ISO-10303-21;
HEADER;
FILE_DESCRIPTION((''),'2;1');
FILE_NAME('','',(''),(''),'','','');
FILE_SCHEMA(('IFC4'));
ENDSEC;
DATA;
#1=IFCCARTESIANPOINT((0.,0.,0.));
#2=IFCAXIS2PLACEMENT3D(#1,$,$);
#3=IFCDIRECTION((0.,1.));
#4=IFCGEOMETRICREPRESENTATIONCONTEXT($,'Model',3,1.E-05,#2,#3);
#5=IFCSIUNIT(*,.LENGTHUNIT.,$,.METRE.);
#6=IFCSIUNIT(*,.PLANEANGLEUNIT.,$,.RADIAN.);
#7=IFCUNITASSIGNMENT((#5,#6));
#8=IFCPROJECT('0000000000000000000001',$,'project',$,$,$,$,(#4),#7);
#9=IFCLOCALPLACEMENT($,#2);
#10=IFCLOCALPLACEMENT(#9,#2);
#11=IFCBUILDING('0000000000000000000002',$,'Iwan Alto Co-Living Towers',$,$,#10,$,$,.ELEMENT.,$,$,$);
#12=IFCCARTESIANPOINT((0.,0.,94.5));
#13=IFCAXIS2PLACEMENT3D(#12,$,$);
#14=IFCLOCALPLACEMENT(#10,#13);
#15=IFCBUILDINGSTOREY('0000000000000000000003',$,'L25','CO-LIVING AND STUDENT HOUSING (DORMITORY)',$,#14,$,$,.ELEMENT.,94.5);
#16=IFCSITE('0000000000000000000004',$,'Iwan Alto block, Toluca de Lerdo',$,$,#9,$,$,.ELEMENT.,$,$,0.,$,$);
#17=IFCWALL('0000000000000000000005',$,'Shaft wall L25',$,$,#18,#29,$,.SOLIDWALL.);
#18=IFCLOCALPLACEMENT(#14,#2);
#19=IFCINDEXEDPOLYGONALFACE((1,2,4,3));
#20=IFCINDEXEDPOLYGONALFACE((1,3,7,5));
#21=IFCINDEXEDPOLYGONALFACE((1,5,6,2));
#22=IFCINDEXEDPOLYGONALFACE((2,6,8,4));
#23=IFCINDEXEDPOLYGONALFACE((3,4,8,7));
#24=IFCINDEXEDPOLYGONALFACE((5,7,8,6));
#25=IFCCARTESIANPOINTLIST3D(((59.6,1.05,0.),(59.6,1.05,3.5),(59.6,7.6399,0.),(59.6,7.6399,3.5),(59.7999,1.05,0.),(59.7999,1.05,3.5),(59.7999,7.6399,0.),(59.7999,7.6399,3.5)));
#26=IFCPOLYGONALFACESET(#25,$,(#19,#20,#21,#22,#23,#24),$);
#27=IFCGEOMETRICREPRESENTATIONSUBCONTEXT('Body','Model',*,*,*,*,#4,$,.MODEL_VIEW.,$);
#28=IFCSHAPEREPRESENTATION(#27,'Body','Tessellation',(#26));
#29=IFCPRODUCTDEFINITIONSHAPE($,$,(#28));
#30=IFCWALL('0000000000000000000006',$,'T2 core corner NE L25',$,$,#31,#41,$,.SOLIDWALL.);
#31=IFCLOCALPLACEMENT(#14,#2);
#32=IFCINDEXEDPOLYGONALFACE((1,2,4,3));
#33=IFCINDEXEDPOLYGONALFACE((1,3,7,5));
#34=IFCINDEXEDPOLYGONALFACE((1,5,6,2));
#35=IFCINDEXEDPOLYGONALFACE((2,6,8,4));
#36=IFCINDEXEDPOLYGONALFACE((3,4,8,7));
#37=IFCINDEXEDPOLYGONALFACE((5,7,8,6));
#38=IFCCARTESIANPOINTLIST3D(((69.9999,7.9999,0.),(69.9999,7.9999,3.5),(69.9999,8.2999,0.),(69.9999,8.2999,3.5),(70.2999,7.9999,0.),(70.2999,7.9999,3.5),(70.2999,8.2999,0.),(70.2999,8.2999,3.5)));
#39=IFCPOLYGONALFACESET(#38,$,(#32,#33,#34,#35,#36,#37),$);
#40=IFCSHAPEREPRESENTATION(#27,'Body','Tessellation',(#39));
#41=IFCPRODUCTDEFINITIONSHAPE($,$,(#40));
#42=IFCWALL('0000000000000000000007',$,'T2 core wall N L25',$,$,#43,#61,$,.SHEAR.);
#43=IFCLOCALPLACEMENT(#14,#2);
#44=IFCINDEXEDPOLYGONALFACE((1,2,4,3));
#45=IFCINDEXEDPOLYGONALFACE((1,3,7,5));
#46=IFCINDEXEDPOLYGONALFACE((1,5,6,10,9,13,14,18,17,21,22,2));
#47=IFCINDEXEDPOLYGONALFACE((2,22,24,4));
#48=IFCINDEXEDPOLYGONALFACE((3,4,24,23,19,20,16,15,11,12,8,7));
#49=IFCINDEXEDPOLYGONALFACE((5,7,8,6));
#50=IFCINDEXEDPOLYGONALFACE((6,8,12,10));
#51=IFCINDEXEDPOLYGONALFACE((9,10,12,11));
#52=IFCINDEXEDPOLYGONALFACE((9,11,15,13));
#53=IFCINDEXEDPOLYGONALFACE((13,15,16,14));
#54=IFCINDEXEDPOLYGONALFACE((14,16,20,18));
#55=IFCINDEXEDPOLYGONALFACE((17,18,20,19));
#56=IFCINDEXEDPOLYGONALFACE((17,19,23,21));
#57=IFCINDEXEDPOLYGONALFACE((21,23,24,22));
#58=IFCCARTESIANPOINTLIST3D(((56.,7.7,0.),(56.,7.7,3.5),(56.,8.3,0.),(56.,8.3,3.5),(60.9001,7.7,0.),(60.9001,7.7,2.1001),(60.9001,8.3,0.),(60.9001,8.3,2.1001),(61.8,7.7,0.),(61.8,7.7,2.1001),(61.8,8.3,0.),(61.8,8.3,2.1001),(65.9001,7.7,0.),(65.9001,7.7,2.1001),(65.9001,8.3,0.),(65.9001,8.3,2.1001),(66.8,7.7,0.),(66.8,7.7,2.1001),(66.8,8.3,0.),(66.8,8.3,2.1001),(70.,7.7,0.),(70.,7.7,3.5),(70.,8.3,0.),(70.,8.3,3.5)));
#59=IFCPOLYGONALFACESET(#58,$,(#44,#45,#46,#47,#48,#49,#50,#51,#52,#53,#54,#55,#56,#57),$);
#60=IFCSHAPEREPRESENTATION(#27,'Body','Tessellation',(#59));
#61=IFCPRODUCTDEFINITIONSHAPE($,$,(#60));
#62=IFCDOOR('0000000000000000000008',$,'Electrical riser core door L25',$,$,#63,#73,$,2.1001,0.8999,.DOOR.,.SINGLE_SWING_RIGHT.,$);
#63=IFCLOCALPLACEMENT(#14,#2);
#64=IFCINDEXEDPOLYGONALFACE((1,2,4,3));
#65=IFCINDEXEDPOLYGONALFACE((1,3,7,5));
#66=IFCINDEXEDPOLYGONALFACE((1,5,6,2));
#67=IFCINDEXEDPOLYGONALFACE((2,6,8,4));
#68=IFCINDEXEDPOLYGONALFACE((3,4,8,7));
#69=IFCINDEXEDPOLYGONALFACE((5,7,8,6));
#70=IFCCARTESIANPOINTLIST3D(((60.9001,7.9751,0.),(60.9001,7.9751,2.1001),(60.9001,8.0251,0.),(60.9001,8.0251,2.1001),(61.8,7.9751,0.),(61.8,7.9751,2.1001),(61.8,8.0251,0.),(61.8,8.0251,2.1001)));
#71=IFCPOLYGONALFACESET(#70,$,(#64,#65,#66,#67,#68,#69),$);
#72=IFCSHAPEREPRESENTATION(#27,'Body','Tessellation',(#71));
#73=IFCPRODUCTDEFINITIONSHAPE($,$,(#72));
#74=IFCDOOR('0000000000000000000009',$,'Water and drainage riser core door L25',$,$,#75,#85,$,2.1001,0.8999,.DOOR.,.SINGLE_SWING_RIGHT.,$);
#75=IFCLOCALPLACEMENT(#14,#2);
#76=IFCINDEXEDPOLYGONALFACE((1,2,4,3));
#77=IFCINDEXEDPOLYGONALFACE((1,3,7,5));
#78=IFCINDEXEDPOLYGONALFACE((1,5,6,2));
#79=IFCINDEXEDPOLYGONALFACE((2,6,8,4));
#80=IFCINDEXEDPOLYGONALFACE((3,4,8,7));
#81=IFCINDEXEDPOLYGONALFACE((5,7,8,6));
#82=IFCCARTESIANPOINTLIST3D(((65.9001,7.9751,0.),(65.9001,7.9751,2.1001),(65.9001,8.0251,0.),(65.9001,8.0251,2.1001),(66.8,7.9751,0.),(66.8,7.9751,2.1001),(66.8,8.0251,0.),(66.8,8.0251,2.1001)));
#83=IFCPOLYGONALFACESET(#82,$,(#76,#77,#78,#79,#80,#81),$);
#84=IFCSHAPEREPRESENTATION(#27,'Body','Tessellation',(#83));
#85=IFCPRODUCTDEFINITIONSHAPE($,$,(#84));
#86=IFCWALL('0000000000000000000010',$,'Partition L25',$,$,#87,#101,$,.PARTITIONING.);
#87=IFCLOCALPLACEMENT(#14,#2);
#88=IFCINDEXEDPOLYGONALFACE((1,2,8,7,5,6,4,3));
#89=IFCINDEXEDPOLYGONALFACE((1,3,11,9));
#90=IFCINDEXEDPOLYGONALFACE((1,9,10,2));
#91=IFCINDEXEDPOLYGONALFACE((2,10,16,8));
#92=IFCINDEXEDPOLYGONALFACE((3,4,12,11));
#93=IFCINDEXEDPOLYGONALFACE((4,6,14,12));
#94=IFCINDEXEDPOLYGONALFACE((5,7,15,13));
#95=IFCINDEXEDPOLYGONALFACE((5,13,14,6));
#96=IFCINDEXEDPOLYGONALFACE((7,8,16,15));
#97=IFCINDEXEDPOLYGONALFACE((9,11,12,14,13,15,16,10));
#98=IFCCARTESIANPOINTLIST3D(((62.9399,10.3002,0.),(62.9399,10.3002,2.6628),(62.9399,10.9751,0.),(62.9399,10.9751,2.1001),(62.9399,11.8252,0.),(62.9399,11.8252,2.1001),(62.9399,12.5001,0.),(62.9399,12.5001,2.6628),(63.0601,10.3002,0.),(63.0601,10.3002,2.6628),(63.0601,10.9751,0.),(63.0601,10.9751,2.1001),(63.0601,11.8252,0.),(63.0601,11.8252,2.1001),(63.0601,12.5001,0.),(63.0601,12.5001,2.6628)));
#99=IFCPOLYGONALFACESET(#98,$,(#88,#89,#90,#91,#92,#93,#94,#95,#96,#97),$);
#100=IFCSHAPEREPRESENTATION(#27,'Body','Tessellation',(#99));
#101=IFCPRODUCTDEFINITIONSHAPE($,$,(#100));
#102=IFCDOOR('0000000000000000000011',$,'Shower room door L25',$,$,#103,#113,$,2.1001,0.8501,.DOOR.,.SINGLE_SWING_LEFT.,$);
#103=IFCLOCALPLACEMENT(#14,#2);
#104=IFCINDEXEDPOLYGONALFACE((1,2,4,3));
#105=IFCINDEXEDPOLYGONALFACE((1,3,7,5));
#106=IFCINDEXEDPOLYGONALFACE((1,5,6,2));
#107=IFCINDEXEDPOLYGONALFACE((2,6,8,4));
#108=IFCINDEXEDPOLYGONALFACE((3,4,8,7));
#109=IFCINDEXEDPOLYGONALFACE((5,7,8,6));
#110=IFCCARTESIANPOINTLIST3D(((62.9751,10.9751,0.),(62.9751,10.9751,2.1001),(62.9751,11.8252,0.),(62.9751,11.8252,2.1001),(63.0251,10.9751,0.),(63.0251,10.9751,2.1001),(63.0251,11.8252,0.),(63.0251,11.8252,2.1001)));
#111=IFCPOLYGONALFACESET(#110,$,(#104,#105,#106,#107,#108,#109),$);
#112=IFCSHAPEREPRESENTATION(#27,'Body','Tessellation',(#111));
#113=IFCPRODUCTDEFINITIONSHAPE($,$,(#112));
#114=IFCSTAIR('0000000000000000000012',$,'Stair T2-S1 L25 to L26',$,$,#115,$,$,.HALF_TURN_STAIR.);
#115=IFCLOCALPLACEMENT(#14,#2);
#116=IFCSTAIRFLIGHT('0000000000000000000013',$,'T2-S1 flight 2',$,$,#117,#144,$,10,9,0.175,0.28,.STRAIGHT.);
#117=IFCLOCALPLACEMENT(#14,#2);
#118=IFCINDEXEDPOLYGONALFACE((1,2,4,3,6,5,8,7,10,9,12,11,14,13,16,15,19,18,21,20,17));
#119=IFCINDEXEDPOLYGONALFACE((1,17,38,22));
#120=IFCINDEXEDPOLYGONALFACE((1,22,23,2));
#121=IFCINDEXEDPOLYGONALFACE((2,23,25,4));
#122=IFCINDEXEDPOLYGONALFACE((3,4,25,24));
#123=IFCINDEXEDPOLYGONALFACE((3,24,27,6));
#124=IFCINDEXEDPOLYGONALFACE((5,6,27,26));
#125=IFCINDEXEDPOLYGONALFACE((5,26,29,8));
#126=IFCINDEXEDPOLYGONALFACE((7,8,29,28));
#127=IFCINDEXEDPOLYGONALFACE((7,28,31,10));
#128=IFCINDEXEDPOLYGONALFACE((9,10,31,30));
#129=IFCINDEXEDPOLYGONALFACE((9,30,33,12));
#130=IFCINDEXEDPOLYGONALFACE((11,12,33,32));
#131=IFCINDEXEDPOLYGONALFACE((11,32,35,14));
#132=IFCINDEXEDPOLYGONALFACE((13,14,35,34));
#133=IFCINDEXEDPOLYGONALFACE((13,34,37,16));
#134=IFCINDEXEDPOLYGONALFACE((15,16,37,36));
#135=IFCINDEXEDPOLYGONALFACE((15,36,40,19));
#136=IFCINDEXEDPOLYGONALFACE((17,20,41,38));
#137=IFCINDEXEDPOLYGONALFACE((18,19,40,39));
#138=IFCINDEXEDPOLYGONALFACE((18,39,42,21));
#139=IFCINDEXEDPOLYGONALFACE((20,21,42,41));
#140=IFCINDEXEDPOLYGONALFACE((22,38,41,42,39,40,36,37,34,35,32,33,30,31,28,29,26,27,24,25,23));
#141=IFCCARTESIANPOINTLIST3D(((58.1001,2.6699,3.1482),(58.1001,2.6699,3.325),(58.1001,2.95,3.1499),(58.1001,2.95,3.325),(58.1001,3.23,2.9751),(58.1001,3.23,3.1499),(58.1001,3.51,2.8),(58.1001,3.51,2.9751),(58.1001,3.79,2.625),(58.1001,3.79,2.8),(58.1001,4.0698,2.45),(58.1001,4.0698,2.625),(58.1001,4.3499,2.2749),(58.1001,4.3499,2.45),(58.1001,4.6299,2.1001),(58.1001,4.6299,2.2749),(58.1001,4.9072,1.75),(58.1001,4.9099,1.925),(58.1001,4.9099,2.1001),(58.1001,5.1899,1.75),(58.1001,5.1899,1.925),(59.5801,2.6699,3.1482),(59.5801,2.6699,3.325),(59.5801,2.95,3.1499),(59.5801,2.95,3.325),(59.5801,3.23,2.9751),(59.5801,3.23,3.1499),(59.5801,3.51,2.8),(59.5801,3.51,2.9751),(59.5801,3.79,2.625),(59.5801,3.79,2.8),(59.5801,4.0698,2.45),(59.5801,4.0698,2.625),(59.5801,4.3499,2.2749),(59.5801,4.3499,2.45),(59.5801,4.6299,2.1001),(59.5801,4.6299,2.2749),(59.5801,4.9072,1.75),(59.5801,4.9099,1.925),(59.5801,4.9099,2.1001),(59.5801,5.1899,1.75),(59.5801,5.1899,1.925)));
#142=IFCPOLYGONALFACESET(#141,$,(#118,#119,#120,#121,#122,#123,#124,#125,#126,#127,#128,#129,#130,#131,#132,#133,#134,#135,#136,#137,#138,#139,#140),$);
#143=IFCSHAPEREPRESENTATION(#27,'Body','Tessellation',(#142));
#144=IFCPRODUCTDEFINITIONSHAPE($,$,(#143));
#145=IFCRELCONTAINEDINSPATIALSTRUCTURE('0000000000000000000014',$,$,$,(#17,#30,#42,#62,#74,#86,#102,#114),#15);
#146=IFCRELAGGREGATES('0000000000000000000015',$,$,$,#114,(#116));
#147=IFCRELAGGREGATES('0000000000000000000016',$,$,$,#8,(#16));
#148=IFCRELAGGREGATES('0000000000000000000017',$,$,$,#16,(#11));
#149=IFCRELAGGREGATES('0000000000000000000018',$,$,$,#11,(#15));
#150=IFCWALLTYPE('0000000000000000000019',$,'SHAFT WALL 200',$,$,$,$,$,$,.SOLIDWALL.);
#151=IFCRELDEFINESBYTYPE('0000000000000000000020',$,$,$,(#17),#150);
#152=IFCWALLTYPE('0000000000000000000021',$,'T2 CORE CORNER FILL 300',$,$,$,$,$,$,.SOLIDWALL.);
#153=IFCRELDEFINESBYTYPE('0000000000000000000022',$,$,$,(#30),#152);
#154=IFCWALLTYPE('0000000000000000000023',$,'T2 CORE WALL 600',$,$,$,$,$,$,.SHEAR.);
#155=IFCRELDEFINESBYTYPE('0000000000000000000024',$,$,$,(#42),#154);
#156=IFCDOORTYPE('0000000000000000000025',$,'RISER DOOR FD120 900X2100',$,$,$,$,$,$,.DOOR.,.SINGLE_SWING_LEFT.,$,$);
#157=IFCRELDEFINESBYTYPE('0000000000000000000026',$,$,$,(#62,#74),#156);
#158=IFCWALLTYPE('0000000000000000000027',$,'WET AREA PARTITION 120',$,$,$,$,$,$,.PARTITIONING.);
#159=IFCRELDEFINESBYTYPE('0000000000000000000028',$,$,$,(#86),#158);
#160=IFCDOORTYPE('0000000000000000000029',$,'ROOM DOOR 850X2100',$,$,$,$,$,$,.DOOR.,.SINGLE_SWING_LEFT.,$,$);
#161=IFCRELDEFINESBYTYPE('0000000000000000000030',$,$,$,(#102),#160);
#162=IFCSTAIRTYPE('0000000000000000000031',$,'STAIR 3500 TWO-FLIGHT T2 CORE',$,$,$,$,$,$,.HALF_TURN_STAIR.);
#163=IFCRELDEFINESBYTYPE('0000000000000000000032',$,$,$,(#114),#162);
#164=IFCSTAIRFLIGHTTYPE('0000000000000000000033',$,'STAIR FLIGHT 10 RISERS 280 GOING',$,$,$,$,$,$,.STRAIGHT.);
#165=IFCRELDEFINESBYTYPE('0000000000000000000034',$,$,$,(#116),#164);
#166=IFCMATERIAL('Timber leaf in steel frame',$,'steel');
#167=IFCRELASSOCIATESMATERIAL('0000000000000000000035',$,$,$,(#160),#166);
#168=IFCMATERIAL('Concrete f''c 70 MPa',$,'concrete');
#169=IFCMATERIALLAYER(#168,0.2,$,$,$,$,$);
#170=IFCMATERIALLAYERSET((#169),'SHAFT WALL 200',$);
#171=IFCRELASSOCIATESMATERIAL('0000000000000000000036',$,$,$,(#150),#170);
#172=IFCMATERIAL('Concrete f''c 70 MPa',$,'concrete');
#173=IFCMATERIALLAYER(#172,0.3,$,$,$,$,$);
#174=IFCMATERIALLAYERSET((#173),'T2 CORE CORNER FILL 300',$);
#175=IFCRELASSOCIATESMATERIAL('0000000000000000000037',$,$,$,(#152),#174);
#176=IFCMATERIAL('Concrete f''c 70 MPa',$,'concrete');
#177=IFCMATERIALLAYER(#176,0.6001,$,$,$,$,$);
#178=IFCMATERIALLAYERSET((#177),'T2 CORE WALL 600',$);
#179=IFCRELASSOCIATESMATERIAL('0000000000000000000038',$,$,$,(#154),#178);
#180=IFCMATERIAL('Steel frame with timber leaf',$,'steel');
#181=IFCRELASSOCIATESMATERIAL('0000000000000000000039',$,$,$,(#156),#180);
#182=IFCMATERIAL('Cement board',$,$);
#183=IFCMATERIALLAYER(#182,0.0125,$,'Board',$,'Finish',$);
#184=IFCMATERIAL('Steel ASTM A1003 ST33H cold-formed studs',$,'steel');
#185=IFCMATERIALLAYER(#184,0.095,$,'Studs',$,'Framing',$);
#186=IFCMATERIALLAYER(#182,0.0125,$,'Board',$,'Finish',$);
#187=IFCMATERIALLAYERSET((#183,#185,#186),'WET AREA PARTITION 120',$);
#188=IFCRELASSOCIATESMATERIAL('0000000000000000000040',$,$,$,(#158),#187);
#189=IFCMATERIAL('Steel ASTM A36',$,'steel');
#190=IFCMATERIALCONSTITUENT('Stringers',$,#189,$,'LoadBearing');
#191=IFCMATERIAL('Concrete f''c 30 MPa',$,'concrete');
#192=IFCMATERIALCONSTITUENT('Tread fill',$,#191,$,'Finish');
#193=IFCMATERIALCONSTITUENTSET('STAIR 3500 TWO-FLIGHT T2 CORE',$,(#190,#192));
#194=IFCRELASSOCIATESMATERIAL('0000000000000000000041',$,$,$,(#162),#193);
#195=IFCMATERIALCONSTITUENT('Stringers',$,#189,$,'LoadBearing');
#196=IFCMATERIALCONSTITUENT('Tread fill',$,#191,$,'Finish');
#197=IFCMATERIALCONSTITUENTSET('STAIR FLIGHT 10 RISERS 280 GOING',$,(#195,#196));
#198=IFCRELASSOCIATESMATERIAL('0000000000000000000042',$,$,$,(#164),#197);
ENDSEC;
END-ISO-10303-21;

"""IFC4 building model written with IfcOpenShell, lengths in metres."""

from ifc_helpers import new_model, si_unit, direction, frame, frame_2d, origin, place, context, subcontext, project, spatial, polyline, rectangle, outline, extrude, material, layer, layer_set, constituent, constituent_set, type_object, element, fill, aggregate, save


model = new_model("IFC4")

# Units and contexts
model_context = context("Model", 3, precision=1e-05, world=origin(), true_north=direction((0.0, 1.0)))
body_context = subcontext(model_context, "Body", "Model", "MODEL_VIEW")
ifc_project = project(units=[si_unit("LENGTHUNIT", "METRE"), si_unit("PLANEANGLEUNIT", "RADIAN")], contexts=[model_context])

# Site, building, storey
site_placement = place(None, origin())
site = spatial("IfcSite", under=ifc_project, at=site_placement, Name="Iwan Alto block, Toluca de Lerdo", CompositionType="ELEMENT", RefElevation=0.0)
building_placement = place(site_placement, origin())
building = spatial("IfcBuilding", under=site, at=building_placement, Name="Iwan Alto Co-Living Towers", CompositionType="ELEMENT")
storey_placement = place(building_placement, frame((0.0, 0.0, 94.5)))
storey = spatial("IfcBuildingStorey", under=building, at=storey_placement, Name="L25", Description="CO-LIVING AND STUDENT HOUSING (DORMITORY)", CompositionType="ELEMENT", Elevation=94.5)

# Shared definitions
ifc_material_1 = material(Name="Steel ASTM A1003 ST33H cold-formed studs", Category="steel")
ifc_material_2 = material(Name="Timber leaf in steel frame", Category="steel")
door_type_1 = type_object("IfcDoorType", Name="ROOM DOOR 850X2100", OperationType="SINGLE_SWING_LEFT", PredefinedType="DOOR", material=ifc_material_2)

# Walls
ifc_material_3 = material(Name="Concrete f'c 70 MPa", Category="concrete")
ifc_layer_1 = layer(ifc_material_3, 0.2)
ifc_layer_set_1 = layer_set([ifc_layer_1], Name="SHAFT WALL 200")
wall_type_1 = type_object("IfcWallType", Name="SHAFT WALL 200", PredefinedType="SOLIDWALL", material=ifc_layer_set_1)
wall_1_placement = place(storey_placement, frame((59.7, 1.05, 0.0), z_axis=(0.0, 0.0, 1.0), x_axis=(0.0, 1.0, 0.0)))
element("IfcWall", 1, at=wall_1_placement, inside=storey, type_object=wall_type_1, Name="Shaft wall L25", PredefinedType="SOLIDWALL", context=body_context, shape_type="SweptSolid", body=[
    extrude(rectangle(XDim=6.5898, YDim=0.2, at=frame_2d((3.2949, 0.0))), origin(), (0.0, 0.0, 1.0), 3.5),
])
ifc_material_4 = material(Name="Concrete f'c 70 MPa", Category="concrete")
ifc_layer_2 = layer(ifc_material_4, 0.3)
ifc_layer_set_2 = layer_set([ifc_layer_2], Name="T2 CORE CORNER FILL 300")
wall_type_2 = type_object("IfcWallType", Name="T2 CORE CORNER FILL 300", PredefinedType="SOLIDWALL", material=ifc_layer_set_2)
wall_2_placement = place(storey_placement, frame((70.0, 8.1499, 0.0), z_axis=(0.0, 0.0, 1.0), x_axis=(1.0, 0.0, 0.0)))
element("IfcWall", 2, at=wall_2_placement, inside=storey, type_object=wall_type_2, Name="T2 core corner NE L25", PredefinedType="SOLIDWALL", context=body_context, shape_type="SweptSolid", body=[
    extrude(rectangle(XDim=0.3, YDim=0.3, at=frame_2d((0.1499, 0.0))), origin(), (0.0, 0.0, 1.0), 3.5),
])

# Wall, openings, doors
ifc_material_5 = material(Name="Concrete f'c 70 MPa", Category="concrete")
ifc_layer_3 = layer(ifc_material_5, 0.6001)
ifc_layer_set_3 = layer_set([ifc_layer_3], Name="T2 CORE WALL 600")
wall_type_3 = type_object("IfcWallType", Name="T2 CORE WALL 600", PredefinedType="SHEAR", material=ifc_layer_set_3)
wall_3_placement = place(storey_placement, frame((70.0, 8.0, 0.0), z_axis=(0.0, 0.0, 1.0), x_axis=(-1.0, 0.0, 0.0)))
wall_3 = element("IfcWall", 3, at=wall_3_placement, inside=storey, type_object=wall_type_3, Name="T2 core wall N L25", PredefinedType="SHEAR", context=body_context, shape_type="SweptSolid", body=[
    extrude(rectangle(XDim=14.0, YDim=0.6001, at=frame_2d((7.0, 0.0))), origin(), (0.0, 0.0, 1.0), 3.5),
])
opening_1_placement = place(wall_3_placement, frame((8.2, 0.0, 0.0)))
opening_1 = element("IfcOpeningElement", 4, at=opening_1_placement, cuts=wall_3, PredefinedType="OPENING", context=body_context, shape_type="SweptSolid", body=[
    extrude(rectangle(XDim=0.8999, YDim=2.1001, at=frame_2d((0.45, 1.05))), frame((0.0, 0.3101, 0.0), z_axis=(0.0, -1.0, 0.0), x_axis=(1.0, 0.0, 0.0)), (0.0, 0.0, 1.0), 0.6201),
])
opening_2_placement = place(wall_3_placement, frame((3.2, 0.0, 0.0)))
opening_2 = element("IfcOpeningElement", 5, at=opening_2_placement, cuts=wall_3, PredefinedType="OPENING", context=body_context, shape_type="SweptSolid", body=[
    extrude(rectangle(XDim=0.8999, YDim=2.1001, at=frame_2d((0.45, 1.05))), frame((0.0, 0.3101, 0.0), z_axis=(0.0, -1.0, 0.0), x_axis=(1.0, 0.0, 0.0)), (0.0, 0.0, 1.0), 0.6201),
])
ifc_material_6 = material(Name="Steel frame with timber leaf", Category="steel")
door_type_2 = type_object("IfcDoorType", Name="RISER DOOR FD120 900X2100", OperationType="SINGLE_SWING_LEFT", PredefinedType="DOOR", material=ifc_material_6)
door_1_placement = place(opening_1_placement, origin())
door_1 = element("IfcDoor", 6, at=door_1_placement, inside=storey, type_object=door_type_2, Name="Electrical riser core door L25", OperationType="SINGLE_SWING_RIGHT", OverallHeight=2.1001, OverallWidth=0.8999, PredefinedType="DOOR", context=body_context, shape_type="SweptSolid", body=[
    extrude(rectangle(XDim=0.8999, YDim=2.1001, at=frame_2d((0.45, 1.05))), frame((0.0, 0.0249, 0.0), z_axis=(0.0, -1.0, 0.0), x_axis=(1.0, 0.0, 0.0)), (0.0, 0.0, 1.0), 0.05),
])
fill(opening_1, door_1)
door_2_placement = place(opening_2_placement, origin())
door_2 = element("IfcDoor", 7, at=door_2_placement, inside=storey, type_object=door_type_2, Name="Water and drainage riser core door L25", OperationType="SINGLE_SWING_RIGHT", OverallHeight=2.1001, OverallWidth=0.8999, PredefinedType="DOOR", context=body_context, shape_type="SweptSolid", body=[
    extrude(rectangle(XDim=0.8999, YDim=2.1001, at=frame_2d((0.45, 1.05))), frame((0.0, 0.0249, 0.0), z_axis=(0.0, -1.0, 0.0), x_axis=(1.0, 0.0, 0.0)), (0.0, 0.0, 1.0), 0.05),
])
fill(opening_2, door_2)

# Wall, opening, door
ifc_material_7 = material(Name="Cement board")
ifc_layer_4 = layer(ifc_material_7, 0.0125, Name="Board", Category="Finish")
ifc_layer_5 = layer(ifc_material_1, 0.095, Name="Studs", Category="Framing")
ifc_layer_6 = layer(ifc_material_7, 0.0125, Name="Board", Category="Finish")
ifc_layer_set_4 = layer_set([ifc_layer_4, ifc_layer_5, ifc_layer_6], Name="WET AREA PARTITION 120")
wall_type_4 = type_object("IfcWallType", Name="WET AREA PARTITION 120", PredefinedType="PARTITIONING", material=ifc_layer_set_4)
wall_4_placement = place(storey_placement, frame((63.0, 10.3, 0.0), z_axis=(0.0, 0.0, 1.0), x_axis=(0.0, 1.0, 0.0)))
wall_4 = element("IfcWall", 8, at=wall_4_placement, inside=storey, type_object=wall_type_4, Name="Partition L25", PredefinedType="PARTITIONING", context=body_context, shape_type="SweptSolid", body=[
    extrude(rectangle(XDim=2.2, YDim=0.1201, at=frame_2d((1.1001, 0.0))), origin(), (0.0, 0.0, 1.0), 2.6628),
])
opening_3_placement = place(wall_4_placement, frame((0.675, 0.0, 0.0)))
opening_3 = element("IfcOpeningElement", 9, at=opening_3_placement, cuts=wall_4, PredefinedType="OPENING", context=body_context, shape_type="SweptSolid", body=[
    extrude(rectangle(XDim=0.8501, YDim=2.1001, at=frame_2d((0.425, 1.05))), frame((0.0, 0.0701, 0.0), z_axis=(0.0, -1.0, 0.0), x_axis=(1.0, 0.0, 0.0)), (0.0, 0.0, 1.0), 0.1401),
])
door_3_placement = place(opening_3_placement, origin())
door_3 = element("IfcDoor", 10, at=door_3_placement, inside=storey, type_object=door_type_1, Name="Shower room door L25", OperationType="SINGLE_SWING_LEFT", OverallHeight=2.1001, OverallWidth=0.8501, PredefinedType="DOOR", context=body_context, shape_type="SweptSolid", body=[
    extrude(rectangle(XDim=0.8501, YDim=2.1001, at=frame_2d((0.425, 1.05))), frame((0.0, 0.0249, 0.0), z_axis=(0.0, -1.0, 0.0), x_axis=(1.0, 0.0, 0.0)), (0.0, 0.0, 1.0), 0.05),
])
fill(opening_3, door_3)

# Stair, stair flight
ifc_material_8 = material(Name="Steel ASTM A36", Category="steel")
ifc_constituent_1 = constituent(ifc_material_8, Name="Stringers", Category="LoadBearing")
ifc_material_9 = material(Name="Concrete f'c 30 MPa", Category="concrete")
ifc_constituent_2 = constituent(ifc_material_9, Name="Tread fill", Category="Finish")
ifc_constituent_set_1 = constituent_set(constituents=[ifc_constituent_1, ifc_constituent_2], Name="STAIR 3500 TWO-FLIGHT T2 CORE")
stair_type = type_object("IfcStairType", Name="STAIR 3500 TWO-FLIGHT T2 CORE", PredefinedType="HALF_TURN_STAIR", material=ifc_constituent_set_1)
stair_placement = place(storey_placement, origin())
stair = element("IfcStair", 11, at=stair_placement, inside=storey, type_object=stair_type, Name="Stair T2-S1 L25 to L26", PredefinedType="HALF_TURN_STAIR")
ifc_constituent_3 = constituent(ifc_material_8, Name="Stringers", Category="LoadBearing")
ifc_constituent_4 = constituent(ifc_material_9, Name="Tread fill", Category="Finish")
ifc_constituent_set_2 = constituent_set(constituents=[ifc_constituent_3, ifc_constituent_4], Name="STAIR FLIGHT 10 RISERS 280 GOING")
stair_flight_type = type_object("IfcStairFlightType", Name="STAIR FLIGHT 10 RISERS 280 GOING", PredefinedType="STRAIGHT", material=ifc_constituent_set_2)
stair_flight_placement = place(storey_placement, frame((58.8401, 5.1899, 1.75), z_axis=(0.0, 0.0, 1.0), x_axis=(0.0, -1.0, 0.0)))
stair_flight = element("IfcStairFlight", 12, at=stair_flight_placement, type_object=stair_flight_type, Name="T2-S1 flight 2", NumberOfRisers=10, NumberOfTreads=9, PredefinedType="STRAIGHT", RiserHeight=0.175, TreadLength=0.28, context=body_context, shape_type="SweptSolid", body=[
    extrude(outline(polyline([(0.0, 0.0), (0.0, 0.175), (0.28, 0.175), (0.28, 0.3501), (0.5601, 0.3501), (0.5601, 0.5249), (0.8401, 0.5249), (0.8401, 0.7), (1.1201, 0.7), (1.1201, 0.875), (1.3999, 0.875), (1.3999, 1.05), (1.6799, 1.05), (1.6799, 1.2251), (1.96, 1.2251), (1.96, 1.3999), (2.24, 1.3999), (2.24, 1.575), (2.52, 1.575), (2.52, 1.75), (2.52, 1.3982), (0.2827, 0.0), (0.0, 0.0)])), frame((0.0, 0.74, 0.0), z_axis=(0.0, -1.0, 0.0), x_axis=(1.0, 0.0, 0.0)), (0.0, 0.0, 1.0), 1.48),
])
aggregate(stair, [stair_flight])

save(model, "model.ifc")
